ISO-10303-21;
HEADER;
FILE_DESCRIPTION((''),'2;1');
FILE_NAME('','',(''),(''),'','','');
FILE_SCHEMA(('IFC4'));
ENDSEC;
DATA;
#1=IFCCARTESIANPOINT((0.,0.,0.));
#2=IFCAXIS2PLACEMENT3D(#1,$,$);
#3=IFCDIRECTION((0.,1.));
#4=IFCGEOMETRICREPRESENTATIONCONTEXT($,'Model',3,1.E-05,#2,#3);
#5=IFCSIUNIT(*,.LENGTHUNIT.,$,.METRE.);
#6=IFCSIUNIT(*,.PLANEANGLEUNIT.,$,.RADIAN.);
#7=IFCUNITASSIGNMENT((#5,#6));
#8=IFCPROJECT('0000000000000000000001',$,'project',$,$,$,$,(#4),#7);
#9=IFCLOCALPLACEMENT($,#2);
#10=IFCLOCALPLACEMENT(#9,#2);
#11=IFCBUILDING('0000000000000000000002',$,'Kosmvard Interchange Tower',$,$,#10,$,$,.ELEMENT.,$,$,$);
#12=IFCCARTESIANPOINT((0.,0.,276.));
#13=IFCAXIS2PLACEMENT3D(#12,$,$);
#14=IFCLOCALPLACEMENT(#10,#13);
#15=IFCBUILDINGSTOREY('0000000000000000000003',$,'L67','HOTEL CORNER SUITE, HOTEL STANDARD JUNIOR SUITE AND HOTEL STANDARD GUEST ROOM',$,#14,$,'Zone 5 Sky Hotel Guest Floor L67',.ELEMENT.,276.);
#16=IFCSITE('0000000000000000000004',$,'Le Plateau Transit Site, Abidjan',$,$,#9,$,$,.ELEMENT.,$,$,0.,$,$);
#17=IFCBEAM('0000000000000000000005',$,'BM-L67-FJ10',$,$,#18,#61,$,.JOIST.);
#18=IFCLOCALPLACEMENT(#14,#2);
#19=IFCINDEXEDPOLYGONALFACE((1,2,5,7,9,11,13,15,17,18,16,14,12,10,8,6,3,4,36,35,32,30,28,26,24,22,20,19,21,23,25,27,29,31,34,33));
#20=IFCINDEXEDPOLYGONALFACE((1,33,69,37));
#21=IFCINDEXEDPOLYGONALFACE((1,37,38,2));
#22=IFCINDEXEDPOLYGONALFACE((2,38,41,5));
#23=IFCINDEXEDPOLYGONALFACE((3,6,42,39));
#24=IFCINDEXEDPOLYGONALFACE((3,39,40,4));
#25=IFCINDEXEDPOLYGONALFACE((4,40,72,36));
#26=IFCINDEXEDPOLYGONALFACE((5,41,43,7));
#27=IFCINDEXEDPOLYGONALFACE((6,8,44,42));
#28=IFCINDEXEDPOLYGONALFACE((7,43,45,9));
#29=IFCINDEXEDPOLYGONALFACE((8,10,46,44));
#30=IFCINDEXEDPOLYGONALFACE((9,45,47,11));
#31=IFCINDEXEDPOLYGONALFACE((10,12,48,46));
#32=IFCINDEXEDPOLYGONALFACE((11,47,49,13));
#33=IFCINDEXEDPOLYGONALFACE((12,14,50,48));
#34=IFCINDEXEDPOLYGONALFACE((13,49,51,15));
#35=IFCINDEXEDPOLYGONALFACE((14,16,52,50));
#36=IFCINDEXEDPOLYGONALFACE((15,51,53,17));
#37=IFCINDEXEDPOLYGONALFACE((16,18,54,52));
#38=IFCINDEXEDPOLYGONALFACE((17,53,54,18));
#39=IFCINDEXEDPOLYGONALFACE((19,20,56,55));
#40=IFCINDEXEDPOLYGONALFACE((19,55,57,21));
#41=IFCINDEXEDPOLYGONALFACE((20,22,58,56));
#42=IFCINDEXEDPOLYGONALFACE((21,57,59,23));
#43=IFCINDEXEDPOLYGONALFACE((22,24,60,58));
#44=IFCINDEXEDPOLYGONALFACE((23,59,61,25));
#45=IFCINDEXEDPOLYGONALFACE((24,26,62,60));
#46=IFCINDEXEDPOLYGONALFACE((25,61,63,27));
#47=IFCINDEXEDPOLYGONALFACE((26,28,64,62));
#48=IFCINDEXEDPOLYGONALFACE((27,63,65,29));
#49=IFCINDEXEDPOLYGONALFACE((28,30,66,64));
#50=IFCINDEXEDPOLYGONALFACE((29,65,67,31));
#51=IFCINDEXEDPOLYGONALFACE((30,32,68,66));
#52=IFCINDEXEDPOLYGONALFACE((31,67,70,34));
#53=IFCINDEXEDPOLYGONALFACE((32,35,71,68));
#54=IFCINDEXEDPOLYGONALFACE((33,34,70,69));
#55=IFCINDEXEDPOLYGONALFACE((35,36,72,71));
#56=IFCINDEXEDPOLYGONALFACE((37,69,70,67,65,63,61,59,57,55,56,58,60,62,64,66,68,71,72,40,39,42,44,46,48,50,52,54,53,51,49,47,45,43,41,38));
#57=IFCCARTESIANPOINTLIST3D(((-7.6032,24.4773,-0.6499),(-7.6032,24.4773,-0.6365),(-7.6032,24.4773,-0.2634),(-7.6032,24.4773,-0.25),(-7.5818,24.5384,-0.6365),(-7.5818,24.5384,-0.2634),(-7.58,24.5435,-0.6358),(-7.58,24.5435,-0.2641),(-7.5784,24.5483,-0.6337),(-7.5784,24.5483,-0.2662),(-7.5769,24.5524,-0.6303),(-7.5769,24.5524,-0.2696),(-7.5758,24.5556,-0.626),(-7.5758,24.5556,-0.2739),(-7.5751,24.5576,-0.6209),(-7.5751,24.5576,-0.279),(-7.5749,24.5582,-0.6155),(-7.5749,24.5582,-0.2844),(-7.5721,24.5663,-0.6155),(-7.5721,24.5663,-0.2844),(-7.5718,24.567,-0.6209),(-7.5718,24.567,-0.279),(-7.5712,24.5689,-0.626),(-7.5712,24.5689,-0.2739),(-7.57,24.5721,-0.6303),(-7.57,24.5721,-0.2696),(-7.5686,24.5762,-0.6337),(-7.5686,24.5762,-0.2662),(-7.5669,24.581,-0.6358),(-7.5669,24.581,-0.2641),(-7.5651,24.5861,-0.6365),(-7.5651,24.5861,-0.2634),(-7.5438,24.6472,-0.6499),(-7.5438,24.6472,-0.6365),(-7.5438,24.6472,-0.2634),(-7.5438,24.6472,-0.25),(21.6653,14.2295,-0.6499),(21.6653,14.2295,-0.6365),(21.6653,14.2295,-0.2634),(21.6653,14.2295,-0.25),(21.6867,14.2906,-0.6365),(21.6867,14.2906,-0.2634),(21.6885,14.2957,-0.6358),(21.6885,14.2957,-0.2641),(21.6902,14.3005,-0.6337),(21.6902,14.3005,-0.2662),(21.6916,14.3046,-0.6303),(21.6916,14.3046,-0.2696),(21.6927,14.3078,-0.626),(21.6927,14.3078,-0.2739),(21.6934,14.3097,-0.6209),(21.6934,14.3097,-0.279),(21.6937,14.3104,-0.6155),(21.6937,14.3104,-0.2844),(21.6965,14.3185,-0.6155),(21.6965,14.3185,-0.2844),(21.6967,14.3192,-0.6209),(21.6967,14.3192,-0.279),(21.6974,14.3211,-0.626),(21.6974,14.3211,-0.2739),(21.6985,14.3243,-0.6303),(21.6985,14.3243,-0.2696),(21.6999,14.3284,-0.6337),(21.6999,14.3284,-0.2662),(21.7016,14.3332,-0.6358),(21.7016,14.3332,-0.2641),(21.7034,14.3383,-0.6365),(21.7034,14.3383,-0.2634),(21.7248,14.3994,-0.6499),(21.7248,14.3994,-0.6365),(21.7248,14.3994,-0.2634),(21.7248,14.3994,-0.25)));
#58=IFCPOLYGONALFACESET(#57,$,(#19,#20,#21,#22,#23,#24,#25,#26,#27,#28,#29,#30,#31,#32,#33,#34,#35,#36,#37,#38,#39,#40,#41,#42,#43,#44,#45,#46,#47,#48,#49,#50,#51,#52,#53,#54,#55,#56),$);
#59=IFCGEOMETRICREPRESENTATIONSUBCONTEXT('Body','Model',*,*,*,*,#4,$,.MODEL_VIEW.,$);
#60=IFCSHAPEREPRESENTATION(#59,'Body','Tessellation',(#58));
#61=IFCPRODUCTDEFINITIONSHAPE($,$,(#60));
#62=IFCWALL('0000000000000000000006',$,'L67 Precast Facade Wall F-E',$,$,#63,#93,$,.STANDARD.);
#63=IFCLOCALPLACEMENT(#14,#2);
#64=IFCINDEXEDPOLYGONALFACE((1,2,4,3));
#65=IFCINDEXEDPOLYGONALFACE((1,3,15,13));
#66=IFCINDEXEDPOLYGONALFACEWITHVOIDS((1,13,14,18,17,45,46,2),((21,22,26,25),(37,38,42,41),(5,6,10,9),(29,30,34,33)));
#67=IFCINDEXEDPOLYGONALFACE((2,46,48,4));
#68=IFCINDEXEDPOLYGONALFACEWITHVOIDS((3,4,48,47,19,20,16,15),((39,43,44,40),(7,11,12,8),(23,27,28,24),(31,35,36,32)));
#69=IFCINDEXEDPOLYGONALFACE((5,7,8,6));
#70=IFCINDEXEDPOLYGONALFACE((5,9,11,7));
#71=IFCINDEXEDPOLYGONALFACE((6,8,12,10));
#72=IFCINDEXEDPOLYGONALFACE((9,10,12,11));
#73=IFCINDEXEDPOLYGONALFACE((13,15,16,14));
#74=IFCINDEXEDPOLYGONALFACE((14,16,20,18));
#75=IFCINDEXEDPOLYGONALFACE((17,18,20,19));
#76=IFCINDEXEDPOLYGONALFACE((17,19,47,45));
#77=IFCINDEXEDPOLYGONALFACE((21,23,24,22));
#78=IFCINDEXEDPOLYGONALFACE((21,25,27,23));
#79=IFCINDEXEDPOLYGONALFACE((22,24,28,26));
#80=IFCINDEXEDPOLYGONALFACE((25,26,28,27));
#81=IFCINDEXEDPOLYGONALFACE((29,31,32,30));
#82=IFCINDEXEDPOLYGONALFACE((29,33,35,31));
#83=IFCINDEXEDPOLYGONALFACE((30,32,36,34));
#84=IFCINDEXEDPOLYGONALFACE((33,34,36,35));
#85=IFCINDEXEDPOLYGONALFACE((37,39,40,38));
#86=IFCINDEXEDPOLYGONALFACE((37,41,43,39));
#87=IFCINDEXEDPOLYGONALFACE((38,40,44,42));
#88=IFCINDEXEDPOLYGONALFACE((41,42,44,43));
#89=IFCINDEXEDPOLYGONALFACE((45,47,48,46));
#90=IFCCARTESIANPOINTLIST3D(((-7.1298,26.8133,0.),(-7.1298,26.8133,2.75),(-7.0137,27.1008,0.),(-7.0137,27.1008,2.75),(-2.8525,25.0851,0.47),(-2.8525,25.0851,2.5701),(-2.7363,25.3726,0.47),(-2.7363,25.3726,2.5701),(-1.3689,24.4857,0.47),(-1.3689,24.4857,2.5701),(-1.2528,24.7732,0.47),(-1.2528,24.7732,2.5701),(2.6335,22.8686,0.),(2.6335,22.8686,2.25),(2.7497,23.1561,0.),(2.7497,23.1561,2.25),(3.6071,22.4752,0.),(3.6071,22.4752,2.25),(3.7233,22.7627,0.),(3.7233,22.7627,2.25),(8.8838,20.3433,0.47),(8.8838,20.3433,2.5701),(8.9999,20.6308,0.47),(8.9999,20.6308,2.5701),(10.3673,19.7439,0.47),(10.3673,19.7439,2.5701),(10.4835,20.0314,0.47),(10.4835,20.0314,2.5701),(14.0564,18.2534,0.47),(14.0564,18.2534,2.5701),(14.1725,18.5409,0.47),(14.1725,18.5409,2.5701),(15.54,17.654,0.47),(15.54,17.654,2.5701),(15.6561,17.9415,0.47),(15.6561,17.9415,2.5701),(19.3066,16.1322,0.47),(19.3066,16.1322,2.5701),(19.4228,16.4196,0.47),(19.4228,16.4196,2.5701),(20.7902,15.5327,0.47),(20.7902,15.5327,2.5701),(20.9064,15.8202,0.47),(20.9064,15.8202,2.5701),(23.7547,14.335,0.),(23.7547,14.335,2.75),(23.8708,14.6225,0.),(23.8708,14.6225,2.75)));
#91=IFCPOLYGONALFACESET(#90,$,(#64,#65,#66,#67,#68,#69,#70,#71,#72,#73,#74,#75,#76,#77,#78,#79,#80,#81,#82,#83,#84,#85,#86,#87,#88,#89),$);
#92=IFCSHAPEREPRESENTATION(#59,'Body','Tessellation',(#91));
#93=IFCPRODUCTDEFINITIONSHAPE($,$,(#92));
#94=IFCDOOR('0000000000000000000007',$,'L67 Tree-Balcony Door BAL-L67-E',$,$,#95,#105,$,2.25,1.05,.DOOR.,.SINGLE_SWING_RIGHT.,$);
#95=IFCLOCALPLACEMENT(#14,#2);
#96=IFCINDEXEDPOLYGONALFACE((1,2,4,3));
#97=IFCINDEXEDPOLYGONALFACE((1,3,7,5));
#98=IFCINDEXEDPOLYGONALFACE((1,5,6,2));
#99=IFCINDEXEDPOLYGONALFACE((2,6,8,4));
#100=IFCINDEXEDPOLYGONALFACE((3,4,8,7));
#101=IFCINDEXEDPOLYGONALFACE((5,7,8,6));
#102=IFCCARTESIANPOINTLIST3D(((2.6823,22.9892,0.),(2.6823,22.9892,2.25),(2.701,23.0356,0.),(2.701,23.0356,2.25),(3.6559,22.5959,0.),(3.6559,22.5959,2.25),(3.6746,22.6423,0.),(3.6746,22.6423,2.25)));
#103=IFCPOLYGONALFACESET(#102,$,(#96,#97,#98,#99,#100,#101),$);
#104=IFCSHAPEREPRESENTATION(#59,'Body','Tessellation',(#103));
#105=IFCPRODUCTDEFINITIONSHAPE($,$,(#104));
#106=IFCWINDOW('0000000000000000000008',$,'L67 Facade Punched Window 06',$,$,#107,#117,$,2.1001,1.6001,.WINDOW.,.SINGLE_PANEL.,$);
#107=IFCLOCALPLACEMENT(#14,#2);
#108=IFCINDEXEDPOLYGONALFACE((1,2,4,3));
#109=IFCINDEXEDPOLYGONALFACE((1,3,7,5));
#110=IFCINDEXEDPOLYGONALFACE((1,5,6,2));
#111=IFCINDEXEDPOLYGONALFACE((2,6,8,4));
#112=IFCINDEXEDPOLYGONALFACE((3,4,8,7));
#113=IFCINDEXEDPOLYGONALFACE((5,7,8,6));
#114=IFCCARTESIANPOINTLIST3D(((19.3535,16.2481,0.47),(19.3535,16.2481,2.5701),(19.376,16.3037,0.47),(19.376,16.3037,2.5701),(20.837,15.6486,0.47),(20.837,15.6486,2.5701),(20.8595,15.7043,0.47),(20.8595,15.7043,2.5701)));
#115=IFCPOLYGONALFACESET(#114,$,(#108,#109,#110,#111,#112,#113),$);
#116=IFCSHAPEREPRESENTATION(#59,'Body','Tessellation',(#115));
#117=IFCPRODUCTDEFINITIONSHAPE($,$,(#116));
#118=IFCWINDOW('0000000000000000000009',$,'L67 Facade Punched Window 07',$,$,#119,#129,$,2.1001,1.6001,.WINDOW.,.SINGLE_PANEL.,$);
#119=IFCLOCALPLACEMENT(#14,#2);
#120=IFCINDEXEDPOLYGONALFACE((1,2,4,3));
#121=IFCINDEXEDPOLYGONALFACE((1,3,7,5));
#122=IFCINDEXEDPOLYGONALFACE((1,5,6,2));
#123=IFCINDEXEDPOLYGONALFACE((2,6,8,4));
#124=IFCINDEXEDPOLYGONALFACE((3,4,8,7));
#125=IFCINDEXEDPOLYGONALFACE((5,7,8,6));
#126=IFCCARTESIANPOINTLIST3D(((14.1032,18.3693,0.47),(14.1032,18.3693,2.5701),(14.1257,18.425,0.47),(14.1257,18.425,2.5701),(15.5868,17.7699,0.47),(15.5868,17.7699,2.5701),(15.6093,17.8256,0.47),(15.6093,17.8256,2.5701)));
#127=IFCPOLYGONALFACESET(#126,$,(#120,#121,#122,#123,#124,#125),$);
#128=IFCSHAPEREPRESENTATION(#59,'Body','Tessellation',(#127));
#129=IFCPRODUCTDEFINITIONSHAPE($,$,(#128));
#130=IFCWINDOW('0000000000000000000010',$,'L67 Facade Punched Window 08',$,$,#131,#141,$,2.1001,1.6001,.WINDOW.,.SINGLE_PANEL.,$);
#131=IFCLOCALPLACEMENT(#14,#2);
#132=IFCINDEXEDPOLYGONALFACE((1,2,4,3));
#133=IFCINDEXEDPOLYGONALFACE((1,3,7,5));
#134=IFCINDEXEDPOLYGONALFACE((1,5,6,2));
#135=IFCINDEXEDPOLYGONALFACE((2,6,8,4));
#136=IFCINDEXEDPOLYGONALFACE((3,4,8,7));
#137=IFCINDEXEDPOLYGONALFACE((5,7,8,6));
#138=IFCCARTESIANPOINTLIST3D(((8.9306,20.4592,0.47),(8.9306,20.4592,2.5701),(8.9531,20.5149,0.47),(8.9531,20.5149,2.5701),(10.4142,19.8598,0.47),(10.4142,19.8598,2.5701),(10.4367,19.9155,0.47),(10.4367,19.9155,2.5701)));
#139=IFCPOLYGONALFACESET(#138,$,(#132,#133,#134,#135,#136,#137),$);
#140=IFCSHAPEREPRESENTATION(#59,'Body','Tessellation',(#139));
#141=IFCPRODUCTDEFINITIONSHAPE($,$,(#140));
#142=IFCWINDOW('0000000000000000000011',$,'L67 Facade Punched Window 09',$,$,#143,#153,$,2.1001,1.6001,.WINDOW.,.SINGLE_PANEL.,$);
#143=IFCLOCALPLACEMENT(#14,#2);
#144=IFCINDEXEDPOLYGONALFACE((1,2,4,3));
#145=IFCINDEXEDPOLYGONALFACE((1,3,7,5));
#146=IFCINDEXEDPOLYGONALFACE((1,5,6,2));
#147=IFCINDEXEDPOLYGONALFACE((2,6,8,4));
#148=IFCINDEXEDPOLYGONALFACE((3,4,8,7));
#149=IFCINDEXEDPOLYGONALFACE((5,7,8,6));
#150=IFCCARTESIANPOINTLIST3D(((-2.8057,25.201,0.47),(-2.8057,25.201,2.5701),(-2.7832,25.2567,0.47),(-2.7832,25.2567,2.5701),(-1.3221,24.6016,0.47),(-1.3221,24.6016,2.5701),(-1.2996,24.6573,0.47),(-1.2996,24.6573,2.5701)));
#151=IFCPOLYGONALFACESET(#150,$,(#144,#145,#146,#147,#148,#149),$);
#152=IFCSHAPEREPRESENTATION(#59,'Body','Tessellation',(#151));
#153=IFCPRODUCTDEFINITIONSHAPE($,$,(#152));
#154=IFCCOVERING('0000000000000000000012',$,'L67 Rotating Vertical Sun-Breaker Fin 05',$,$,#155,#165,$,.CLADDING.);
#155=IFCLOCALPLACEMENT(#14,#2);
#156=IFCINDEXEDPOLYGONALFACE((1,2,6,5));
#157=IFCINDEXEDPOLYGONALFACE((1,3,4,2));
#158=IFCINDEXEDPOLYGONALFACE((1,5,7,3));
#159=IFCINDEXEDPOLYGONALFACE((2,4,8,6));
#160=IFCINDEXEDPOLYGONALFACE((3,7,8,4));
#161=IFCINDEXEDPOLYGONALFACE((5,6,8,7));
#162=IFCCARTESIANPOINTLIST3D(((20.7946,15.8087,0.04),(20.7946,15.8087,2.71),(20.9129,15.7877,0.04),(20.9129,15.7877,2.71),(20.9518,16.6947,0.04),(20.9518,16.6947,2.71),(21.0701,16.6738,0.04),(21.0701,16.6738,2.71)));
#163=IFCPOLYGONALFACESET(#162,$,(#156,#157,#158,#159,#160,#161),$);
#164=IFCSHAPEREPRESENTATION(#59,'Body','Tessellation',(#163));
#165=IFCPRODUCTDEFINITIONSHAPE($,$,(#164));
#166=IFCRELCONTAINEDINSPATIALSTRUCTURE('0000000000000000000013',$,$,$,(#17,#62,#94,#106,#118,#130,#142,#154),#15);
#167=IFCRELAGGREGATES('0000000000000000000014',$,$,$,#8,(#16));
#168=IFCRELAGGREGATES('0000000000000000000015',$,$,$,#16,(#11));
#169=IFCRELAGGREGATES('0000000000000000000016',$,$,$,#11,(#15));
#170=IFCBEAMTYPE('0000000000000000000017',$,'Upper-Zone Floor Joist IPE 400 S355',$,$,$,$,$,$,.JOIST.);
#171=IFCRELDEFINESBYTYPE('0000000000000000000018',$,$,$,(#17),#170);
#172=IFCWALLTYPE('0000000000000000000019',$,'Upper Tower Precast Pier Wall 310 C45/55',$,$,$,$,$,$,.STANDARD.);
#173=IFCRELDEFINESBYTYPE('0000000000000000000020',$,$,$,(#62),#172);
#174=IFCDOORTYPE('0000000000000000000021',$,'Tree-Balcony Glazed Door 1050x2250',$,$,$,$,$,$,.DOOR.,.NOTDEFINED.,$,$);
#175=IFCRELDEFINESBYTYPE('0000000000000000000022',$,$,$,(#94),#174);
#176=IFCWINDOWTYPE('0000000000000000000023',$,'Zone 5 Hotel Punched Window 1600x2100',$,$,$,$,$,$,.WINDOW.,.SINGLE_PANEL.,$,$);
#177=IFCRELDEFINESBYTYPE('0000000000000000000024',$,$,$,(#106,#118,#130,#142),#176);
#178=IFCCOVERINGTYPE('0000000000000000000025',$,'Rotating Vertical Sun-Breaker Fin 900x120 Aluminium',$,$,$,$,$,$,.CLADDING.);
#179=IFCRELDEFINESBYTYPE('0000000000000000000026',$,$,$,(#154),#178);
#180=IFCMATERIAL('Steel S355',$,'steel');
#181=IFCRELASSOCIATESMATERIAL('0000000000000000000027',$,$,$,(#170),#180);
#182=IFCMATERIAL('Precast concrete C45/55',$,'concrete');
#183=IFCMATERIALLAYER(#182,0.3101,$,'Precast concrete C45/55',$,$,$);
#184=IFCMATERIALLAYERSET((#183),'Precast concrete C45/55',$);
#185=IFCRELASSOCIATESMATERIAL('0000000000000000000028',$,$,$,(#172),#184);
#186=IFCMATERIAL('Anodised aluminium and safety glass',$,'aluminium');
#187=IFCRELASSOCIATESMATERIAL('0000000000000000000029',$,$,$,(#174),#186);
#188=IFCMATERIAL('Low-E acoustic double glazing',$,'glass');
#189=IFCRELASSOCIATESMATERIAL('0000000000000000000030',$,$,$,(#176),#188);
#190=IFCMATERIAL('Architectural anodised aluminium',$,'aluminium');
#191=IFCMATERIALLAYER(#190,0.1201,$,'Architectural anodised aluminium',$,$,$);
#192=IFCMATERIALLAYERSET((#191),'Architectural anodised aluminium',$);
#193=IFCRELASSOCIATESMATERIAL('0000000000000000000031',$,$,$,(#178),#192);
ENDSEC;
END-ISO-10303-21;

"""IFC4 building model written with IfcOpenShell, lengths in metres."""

from ifc_helpers import new_model, si_unit, direction, frame, frame_2d, origin, origin_2d, place, context, subcontext, project, spatial, rectangle, i_section, extrude, source, transform, mapped, material, layer, layer_set, material_profile, profile_set, type_object, element, fill, save


model = new_model("IFC4")

# Units and contexts
model_context = context("Model", 3, precision=1e-05, world=origin(), true_north=direction((0.0, 1.0)))
body_context = subcontext(model_context, "Body", "Model", "MODEL_VIEW")
ifc_project = project(units=[si_unit("LENGTHUNIT", "METRE"), si_unit("PLANEANGLEUNIT", "RADIAN")], contexts=[model_context])

# Site, building, storey
site_placement = place(None, origin())
site = spatial("IfcSite", under=ifc_project, at=site_placement, Name="Le Plateau Transit Site, Abidjan", CompositionType="ELEMENT", RefElevation=0.0)
building_placement = place(site_placement, origin())
building = spatial("IfcBuilding", under=site, at=building_placement, Name="Kosmvard Interchange Tower", CompositionType="ELEMENT")
storey_placement = place(building_placement, frame((0.0, 0.0, 276.0)))
storey = spatial("IfcBuildingStorey", under=building, at=storey_placement, Name="L67", Description="HOTEL CORNER SUITE, HOTEL STANDARD JUNIOR SUITE AND HOTEL STANDARD GUEST ROOM", LongName="Zone 5 Sky Hotel Guest Floor L67", CompositionType="ELEMENT", Elevation=276.0)

# Beam
ifc_material_1 = material(Name="Steel S355", Category="steel")
ifc_material_profile_1 = material_profile(ifc_material_1, i_section(OverallWidth=0.1799, OverallDepth=0.3999, WebThickness=0.0085, FlangeThickness=0.0134, FilletRadius=0.021, at=origin_2d()), Name="IPE 400")
ifc_profile_set_1 = profile_set([ifc_material_profile_1], Name="Steel S355")
beam_type_1 = type_object("IfcBeamType", Name="Upper-Zone Floor Joist IPE 400 S355", PredefinedType="JOIST", material=ifc_profile_set_1)
shared_shape_1 = source(origin(), body_context, "Body", "SweptSolid", [
    extrude(i_section(OverallWidth=0.1799, OverallDepth=0.3999, WebThickness=0.0085, FlangeThickness=0.0134, FilletRadius=0.021, at=origin_2d()), origin(), (0.0, 0.0, 1.0), 31.0107),
])
beam_1_placement = place(storey_placement, frame((21.6951, 14.3145, -0.45), z_axis=(-0.94382, 0.33046, 0.0), x_axis=(-0.33046, -0.94382, 0.0)))
element("IfcBeam", 1, at=beam_1_placement, inside=storey, type_object=beam_type_1, Name="BM-L67-FJ10", PredefinedType="JOIST", context=body_context, shape_type="MappedRepresentation", body=[
    mapped(shared_shape_1, transform((0.0, 0.0, 0.0), scale=1.0)),
])

# Wall, openings, door, windows
ifc_material_2 = material(Name="Precast concrete C45/55", Category="concrete")
ifc_layer_1 = layer(ifc_material_2, 0.3101, Name="Precast concrete C45/55")
ifc_layer_set_1 = layer_set([ifc_layer_1], Name="Precast concrete C45/55")
wall_type = type_object("IfcWallType", Name="Upper Tower Precast Pier Wall 310 C45/55", PredefinedType="STANDARD", material=ifc_layer_set_1)
wall_placement = place(storey_placement, frame((23.8127, 14.4788, 0.0), z_axis=(0.0, 0.0, 1.0), x_axis=(-0.927183, 0.37461, 0.0)))
wall = element("IfcWall", 2, at=wall_placement, inside=storey, type_object=wall_type, Name="L67 Precast Facade Wall F-E", PredefinedType="STANDARD", context=body_context, shape_type="SweptSolid", body=[
    extrude(rectangle(XDim=33.3101, YDim=0.3101, at=frame_2d((16.655, 0.0))), origin(), (0.0, 0.0, 1.0), 2.75),
])
opening_1_placement = place(wall_placement, frame((21.73, 0.0, 0.0)))
opening_1 = element("IfcOpeningElement", 3, at=opening_1_placement, cuts=wall, PredefinedType="OPENING", context=body_context, shape_type="SweptSolid", body=[
    extrude(rectangle(XDim=1.05, YDim=2.25, at=frame_2d((0.5249, 1.125))), frame((0.0, 0.165, 0.0), z_axis=(0.0, -1.0, 0.0), x_axis=(1.0, 0.0, 0.0)), (0.0, 0.0, 1.0), 0.3301),
])
opening_2_placement = place(wall_placement, frame((3.1973, 0.0, 0.47)))
opening_2 = element("IfcOpeningElement", 4, at=opening_2_placement, cuts=wall, PredefinedType="OPENING", context=body_context, shape_type="SweptSolid", body=[
    extrude(rectangle(XDim=1.6001, YDim=2.1001, at=frame_2d((0.8, 1.05))), frame((0.0, 0.165, 0.0), z_axis=(0.0, -1.0, 0.0), x_axis=(1.0, 0.0, 0.0)), (0.0, 0.0, 1.0), 0.3301),
])
opening_3_placement = place(wall_placement, frame((8.8599, 0.0, 0.47)))
opening_3 = element("IfcOpeningElement", 5, at=opening_3_placement, cuts=wall, PredefinedType="OPENING", context=body_context, shape_type="SweptSolid", body=[
    extrude(rectangle(XDim=1.6001, YDim=2.1001, at=frame_2d((0.8, 1.05))), frame((0.0, 0.165, 0.0), z_axis=(0.0, -1.0, 0.0), x_axis=(1.0, 0.0, 0.0)), (0.0, 0.0, 1.0), 0.3301),
])
opening_4_placement = place(wall_placement, frame((14.4387, 0.0, 0.47)))
opening_4 = element("IfcOpeningElement", 6, at=opening_4_placement, cuts=wall, PredefinedType="OPENING", context=body_context, shape_type="SweptSolid", body=[
    extrude(rectangle(XDim=1.6001, YDim=2.1001, at=frame_2d((0.8, 1.05))), frame((0.0, 0.165, 0.0), z_axis=(0.0, -1.0, 0.0), x_axis=(1.0, 0.0, 0.0)), (0.0, 0.0, 1.0), 0.3301),
])
opening_5_placement = place(wall_placement, frame((27.0967, 0.0, 0.47)))
opening_5 = element("IfcOpeningElement", 7, at=opening_5_placement, cuts=wall, PredefinedType="OPENING", context=body_context, shape_type="SweptSolid", body=[
    extrude(rectangle(XDim=1.6001, YDim=2.1001, at=frame_2d((0.8, 1.05))), frame((0.0, 0.165, 0.0), z_axis=(0.0, -1.0, 0.0), x_axis=(1.0, 0.0, 0.0)), (0.0, 0.0, 1.0), 0.3301),
])
ifc_material_3 = material(Name="Anodised aluminium and safety glass", Category="aluminium")
door_type = type_object("IfcDoorType", Name="Tree-Balcony Glazed Door 1050x2250", OperationType="NOTDEFINED", PredefinedType="DOOR", material=ifc_material_3)
shared_shape_2 = source(origin(), body_context, "Body", "SweptSolid", [
    extrude(rectangle(XDim=1.05, YDim=2.25, at=frame_2d((0.5249, 1.125))), frame((0.0, 0.0249, 0.0), z_axis=(0.0, -1.0, 0.0), x_axis=(1.0, 0.0, 0.0)), (0.0, 0.0, 1.0), 0.05),
])
door_placement = place(opening_1_placement, origin())
door = element("IfcDoor", 8, at=door_placement, inside=storey, type_object=door_type, Name="L67 Tree-Balcony Door BAL-L67-E", OperationType="SINGLE_SWING_RIGHT", OverallHeight=2.25, OverallWidth=1.05, PredefinedType="DOOR", context=body_context, shape_type="MappedRepresentation", body=[
    mapped(shared_shape_2, transform((0.0, 0.0, 0.0), scale=1.0)),
])
fill(opening_1, door)
ifc_material_4 = material(Name="Low-E acoustic double glazing", Category="glass")
window_type = type_object("IfcWindowType", Name="Zone 5 Hotel Punched Window 1600x2100", PartitioningType="SINGLE_PANEL", PredefinedType="WINDOW", material=ifc_material_4)
shared_shape_3 = source(origin(), body_context, "Body", "SweptSolid", [
    extrude(rectangle(XDim=1.6001, YDim=2.1001, at=frame_2d((0.8, 1.05))), frame((0.0, 0.03, 0.0), z_axis=(0.0, -1.0, 0.0), x_axis=(1.0, 0.0, 0.0)), (0.0, 0.0, 1.0), 0.0601),
])
window_1_placement = place(opening_2_placement, origin())
window_1 = element("IfcWindow", 9, at=window_1_placement, inside=storey, type_object=window_type, Name="L67 Facade Punched Window 06", OverallHeight=2.1001, OverallWidth=1.6001, PartitioningType="SINGLE_PANEL", PredefinedType="WINDOW", context=body_context, shape_type="MappedRepresentation", body=[
    mapped(shared_shape_3, transform((0.0, 0.0, 0.0), scale=1.0)),
])
fill(opening_2, window_1)
window_2_placement = place(opening_3_placement, origin())
window_2 = element("IfcWindow", 10, at=window_2_placement, inside=storey, type_object=window_type, Name="L67 Facade Punched Window 07", OverallHeight=2.1001, OverallWidth=1.6001, PartitioningType="SINGLE_PANEL", PredefinedType="WINDOW", context=body_context, shape_type="MappedRepresentation", body=[
    mapped(shared_shape_3, transform((0.0, 0.0, 0.0), scale=1.0)),
])
fill(opening_3, window_2)
window_3_placement = place(opening_4_placement, origin())
window_3 = element("IfcWindow", 11, at=window_3_placement, inside=storey, type_object=window_type, Name="L67 Facade Punched Window 08", OverallHeight=2.1001, OverallWidth=1.6001, PartitioningType="SINGLE_PANEL", PredefinedType="WINDOW", context=body_context, shape_type="MappedRepresentation", body=[
    mapped(shared_shape_3, transform((0.0, 0.0, 0.0), scale=1.0)),
])
fill(opening_4, window_3)
window_4_placement = place(opening_5_placement, origin())
window_4 = element("IfcWindow", 12, at=window_4_placement, inside=storey, type_object=window_type, Name="L67 Facade Punched Window 09", OverallHeight=2.1001, OverallWidth=1.6001, PartitioningType="SINGLE_PANEL", PredefinedType="WINDOW", context=body_context, shape_type="MappedRepresentation", body=[
    mapped(shared_shape_3, transform((0.0, 0.0, 0.0), scale=1.0)),
])
fill(opening_5, window_4)

# Covering
ifc_material_5 = material(Name="Architectural anodised aluminium", Category="aluminium")
ifc_layer_2 = layer(ifc_material_5, 0.1201, Name="Architectural anodised aluminium")
ifc_layer_set_2 = layer_set([ifc_layer_2], Name="Architectural anodised aluminium")
covering_type = type_object("IfcCoveringType", Name="Rotating Vertical Sun-Breaker Fin 900x120 Aluminium", PredefinedType="CLADDING", material=ifc_layer_set_2)
shared_shape_4 = source(origin(), body_context, "Body", "SweptSolid", [
    extrude(rectangle(XDim=0.8999, YDim=0.1201, at=origin_2d()), origin(), (0.0, 0.0, 1.0), 2.6699),
])
for number, where, z_axis, x_axis, name in (
    (13, (20.9324, 16.2412, 0.04), (0.0, 0.0, 1.0), (0.174679, 0.984625, 0.0), "L67 Rotating Vertical Sun-Breaker Fin 05"),
):
    element("IfcCovering", number, at=place(storey_placement, frame(where, z_axis=z_axis, x_axis=x_axis)), inside=storey, type_object=covering_type, Name=name, PredefinedType="CLADDING", context=body_context, shape_type="MappedRepresentation", body=[
        mapped(shared_shape_4, transform((0.0, 0.0, 0.0), scale=1.0)),
    ])

save(model, "model.ifc")
